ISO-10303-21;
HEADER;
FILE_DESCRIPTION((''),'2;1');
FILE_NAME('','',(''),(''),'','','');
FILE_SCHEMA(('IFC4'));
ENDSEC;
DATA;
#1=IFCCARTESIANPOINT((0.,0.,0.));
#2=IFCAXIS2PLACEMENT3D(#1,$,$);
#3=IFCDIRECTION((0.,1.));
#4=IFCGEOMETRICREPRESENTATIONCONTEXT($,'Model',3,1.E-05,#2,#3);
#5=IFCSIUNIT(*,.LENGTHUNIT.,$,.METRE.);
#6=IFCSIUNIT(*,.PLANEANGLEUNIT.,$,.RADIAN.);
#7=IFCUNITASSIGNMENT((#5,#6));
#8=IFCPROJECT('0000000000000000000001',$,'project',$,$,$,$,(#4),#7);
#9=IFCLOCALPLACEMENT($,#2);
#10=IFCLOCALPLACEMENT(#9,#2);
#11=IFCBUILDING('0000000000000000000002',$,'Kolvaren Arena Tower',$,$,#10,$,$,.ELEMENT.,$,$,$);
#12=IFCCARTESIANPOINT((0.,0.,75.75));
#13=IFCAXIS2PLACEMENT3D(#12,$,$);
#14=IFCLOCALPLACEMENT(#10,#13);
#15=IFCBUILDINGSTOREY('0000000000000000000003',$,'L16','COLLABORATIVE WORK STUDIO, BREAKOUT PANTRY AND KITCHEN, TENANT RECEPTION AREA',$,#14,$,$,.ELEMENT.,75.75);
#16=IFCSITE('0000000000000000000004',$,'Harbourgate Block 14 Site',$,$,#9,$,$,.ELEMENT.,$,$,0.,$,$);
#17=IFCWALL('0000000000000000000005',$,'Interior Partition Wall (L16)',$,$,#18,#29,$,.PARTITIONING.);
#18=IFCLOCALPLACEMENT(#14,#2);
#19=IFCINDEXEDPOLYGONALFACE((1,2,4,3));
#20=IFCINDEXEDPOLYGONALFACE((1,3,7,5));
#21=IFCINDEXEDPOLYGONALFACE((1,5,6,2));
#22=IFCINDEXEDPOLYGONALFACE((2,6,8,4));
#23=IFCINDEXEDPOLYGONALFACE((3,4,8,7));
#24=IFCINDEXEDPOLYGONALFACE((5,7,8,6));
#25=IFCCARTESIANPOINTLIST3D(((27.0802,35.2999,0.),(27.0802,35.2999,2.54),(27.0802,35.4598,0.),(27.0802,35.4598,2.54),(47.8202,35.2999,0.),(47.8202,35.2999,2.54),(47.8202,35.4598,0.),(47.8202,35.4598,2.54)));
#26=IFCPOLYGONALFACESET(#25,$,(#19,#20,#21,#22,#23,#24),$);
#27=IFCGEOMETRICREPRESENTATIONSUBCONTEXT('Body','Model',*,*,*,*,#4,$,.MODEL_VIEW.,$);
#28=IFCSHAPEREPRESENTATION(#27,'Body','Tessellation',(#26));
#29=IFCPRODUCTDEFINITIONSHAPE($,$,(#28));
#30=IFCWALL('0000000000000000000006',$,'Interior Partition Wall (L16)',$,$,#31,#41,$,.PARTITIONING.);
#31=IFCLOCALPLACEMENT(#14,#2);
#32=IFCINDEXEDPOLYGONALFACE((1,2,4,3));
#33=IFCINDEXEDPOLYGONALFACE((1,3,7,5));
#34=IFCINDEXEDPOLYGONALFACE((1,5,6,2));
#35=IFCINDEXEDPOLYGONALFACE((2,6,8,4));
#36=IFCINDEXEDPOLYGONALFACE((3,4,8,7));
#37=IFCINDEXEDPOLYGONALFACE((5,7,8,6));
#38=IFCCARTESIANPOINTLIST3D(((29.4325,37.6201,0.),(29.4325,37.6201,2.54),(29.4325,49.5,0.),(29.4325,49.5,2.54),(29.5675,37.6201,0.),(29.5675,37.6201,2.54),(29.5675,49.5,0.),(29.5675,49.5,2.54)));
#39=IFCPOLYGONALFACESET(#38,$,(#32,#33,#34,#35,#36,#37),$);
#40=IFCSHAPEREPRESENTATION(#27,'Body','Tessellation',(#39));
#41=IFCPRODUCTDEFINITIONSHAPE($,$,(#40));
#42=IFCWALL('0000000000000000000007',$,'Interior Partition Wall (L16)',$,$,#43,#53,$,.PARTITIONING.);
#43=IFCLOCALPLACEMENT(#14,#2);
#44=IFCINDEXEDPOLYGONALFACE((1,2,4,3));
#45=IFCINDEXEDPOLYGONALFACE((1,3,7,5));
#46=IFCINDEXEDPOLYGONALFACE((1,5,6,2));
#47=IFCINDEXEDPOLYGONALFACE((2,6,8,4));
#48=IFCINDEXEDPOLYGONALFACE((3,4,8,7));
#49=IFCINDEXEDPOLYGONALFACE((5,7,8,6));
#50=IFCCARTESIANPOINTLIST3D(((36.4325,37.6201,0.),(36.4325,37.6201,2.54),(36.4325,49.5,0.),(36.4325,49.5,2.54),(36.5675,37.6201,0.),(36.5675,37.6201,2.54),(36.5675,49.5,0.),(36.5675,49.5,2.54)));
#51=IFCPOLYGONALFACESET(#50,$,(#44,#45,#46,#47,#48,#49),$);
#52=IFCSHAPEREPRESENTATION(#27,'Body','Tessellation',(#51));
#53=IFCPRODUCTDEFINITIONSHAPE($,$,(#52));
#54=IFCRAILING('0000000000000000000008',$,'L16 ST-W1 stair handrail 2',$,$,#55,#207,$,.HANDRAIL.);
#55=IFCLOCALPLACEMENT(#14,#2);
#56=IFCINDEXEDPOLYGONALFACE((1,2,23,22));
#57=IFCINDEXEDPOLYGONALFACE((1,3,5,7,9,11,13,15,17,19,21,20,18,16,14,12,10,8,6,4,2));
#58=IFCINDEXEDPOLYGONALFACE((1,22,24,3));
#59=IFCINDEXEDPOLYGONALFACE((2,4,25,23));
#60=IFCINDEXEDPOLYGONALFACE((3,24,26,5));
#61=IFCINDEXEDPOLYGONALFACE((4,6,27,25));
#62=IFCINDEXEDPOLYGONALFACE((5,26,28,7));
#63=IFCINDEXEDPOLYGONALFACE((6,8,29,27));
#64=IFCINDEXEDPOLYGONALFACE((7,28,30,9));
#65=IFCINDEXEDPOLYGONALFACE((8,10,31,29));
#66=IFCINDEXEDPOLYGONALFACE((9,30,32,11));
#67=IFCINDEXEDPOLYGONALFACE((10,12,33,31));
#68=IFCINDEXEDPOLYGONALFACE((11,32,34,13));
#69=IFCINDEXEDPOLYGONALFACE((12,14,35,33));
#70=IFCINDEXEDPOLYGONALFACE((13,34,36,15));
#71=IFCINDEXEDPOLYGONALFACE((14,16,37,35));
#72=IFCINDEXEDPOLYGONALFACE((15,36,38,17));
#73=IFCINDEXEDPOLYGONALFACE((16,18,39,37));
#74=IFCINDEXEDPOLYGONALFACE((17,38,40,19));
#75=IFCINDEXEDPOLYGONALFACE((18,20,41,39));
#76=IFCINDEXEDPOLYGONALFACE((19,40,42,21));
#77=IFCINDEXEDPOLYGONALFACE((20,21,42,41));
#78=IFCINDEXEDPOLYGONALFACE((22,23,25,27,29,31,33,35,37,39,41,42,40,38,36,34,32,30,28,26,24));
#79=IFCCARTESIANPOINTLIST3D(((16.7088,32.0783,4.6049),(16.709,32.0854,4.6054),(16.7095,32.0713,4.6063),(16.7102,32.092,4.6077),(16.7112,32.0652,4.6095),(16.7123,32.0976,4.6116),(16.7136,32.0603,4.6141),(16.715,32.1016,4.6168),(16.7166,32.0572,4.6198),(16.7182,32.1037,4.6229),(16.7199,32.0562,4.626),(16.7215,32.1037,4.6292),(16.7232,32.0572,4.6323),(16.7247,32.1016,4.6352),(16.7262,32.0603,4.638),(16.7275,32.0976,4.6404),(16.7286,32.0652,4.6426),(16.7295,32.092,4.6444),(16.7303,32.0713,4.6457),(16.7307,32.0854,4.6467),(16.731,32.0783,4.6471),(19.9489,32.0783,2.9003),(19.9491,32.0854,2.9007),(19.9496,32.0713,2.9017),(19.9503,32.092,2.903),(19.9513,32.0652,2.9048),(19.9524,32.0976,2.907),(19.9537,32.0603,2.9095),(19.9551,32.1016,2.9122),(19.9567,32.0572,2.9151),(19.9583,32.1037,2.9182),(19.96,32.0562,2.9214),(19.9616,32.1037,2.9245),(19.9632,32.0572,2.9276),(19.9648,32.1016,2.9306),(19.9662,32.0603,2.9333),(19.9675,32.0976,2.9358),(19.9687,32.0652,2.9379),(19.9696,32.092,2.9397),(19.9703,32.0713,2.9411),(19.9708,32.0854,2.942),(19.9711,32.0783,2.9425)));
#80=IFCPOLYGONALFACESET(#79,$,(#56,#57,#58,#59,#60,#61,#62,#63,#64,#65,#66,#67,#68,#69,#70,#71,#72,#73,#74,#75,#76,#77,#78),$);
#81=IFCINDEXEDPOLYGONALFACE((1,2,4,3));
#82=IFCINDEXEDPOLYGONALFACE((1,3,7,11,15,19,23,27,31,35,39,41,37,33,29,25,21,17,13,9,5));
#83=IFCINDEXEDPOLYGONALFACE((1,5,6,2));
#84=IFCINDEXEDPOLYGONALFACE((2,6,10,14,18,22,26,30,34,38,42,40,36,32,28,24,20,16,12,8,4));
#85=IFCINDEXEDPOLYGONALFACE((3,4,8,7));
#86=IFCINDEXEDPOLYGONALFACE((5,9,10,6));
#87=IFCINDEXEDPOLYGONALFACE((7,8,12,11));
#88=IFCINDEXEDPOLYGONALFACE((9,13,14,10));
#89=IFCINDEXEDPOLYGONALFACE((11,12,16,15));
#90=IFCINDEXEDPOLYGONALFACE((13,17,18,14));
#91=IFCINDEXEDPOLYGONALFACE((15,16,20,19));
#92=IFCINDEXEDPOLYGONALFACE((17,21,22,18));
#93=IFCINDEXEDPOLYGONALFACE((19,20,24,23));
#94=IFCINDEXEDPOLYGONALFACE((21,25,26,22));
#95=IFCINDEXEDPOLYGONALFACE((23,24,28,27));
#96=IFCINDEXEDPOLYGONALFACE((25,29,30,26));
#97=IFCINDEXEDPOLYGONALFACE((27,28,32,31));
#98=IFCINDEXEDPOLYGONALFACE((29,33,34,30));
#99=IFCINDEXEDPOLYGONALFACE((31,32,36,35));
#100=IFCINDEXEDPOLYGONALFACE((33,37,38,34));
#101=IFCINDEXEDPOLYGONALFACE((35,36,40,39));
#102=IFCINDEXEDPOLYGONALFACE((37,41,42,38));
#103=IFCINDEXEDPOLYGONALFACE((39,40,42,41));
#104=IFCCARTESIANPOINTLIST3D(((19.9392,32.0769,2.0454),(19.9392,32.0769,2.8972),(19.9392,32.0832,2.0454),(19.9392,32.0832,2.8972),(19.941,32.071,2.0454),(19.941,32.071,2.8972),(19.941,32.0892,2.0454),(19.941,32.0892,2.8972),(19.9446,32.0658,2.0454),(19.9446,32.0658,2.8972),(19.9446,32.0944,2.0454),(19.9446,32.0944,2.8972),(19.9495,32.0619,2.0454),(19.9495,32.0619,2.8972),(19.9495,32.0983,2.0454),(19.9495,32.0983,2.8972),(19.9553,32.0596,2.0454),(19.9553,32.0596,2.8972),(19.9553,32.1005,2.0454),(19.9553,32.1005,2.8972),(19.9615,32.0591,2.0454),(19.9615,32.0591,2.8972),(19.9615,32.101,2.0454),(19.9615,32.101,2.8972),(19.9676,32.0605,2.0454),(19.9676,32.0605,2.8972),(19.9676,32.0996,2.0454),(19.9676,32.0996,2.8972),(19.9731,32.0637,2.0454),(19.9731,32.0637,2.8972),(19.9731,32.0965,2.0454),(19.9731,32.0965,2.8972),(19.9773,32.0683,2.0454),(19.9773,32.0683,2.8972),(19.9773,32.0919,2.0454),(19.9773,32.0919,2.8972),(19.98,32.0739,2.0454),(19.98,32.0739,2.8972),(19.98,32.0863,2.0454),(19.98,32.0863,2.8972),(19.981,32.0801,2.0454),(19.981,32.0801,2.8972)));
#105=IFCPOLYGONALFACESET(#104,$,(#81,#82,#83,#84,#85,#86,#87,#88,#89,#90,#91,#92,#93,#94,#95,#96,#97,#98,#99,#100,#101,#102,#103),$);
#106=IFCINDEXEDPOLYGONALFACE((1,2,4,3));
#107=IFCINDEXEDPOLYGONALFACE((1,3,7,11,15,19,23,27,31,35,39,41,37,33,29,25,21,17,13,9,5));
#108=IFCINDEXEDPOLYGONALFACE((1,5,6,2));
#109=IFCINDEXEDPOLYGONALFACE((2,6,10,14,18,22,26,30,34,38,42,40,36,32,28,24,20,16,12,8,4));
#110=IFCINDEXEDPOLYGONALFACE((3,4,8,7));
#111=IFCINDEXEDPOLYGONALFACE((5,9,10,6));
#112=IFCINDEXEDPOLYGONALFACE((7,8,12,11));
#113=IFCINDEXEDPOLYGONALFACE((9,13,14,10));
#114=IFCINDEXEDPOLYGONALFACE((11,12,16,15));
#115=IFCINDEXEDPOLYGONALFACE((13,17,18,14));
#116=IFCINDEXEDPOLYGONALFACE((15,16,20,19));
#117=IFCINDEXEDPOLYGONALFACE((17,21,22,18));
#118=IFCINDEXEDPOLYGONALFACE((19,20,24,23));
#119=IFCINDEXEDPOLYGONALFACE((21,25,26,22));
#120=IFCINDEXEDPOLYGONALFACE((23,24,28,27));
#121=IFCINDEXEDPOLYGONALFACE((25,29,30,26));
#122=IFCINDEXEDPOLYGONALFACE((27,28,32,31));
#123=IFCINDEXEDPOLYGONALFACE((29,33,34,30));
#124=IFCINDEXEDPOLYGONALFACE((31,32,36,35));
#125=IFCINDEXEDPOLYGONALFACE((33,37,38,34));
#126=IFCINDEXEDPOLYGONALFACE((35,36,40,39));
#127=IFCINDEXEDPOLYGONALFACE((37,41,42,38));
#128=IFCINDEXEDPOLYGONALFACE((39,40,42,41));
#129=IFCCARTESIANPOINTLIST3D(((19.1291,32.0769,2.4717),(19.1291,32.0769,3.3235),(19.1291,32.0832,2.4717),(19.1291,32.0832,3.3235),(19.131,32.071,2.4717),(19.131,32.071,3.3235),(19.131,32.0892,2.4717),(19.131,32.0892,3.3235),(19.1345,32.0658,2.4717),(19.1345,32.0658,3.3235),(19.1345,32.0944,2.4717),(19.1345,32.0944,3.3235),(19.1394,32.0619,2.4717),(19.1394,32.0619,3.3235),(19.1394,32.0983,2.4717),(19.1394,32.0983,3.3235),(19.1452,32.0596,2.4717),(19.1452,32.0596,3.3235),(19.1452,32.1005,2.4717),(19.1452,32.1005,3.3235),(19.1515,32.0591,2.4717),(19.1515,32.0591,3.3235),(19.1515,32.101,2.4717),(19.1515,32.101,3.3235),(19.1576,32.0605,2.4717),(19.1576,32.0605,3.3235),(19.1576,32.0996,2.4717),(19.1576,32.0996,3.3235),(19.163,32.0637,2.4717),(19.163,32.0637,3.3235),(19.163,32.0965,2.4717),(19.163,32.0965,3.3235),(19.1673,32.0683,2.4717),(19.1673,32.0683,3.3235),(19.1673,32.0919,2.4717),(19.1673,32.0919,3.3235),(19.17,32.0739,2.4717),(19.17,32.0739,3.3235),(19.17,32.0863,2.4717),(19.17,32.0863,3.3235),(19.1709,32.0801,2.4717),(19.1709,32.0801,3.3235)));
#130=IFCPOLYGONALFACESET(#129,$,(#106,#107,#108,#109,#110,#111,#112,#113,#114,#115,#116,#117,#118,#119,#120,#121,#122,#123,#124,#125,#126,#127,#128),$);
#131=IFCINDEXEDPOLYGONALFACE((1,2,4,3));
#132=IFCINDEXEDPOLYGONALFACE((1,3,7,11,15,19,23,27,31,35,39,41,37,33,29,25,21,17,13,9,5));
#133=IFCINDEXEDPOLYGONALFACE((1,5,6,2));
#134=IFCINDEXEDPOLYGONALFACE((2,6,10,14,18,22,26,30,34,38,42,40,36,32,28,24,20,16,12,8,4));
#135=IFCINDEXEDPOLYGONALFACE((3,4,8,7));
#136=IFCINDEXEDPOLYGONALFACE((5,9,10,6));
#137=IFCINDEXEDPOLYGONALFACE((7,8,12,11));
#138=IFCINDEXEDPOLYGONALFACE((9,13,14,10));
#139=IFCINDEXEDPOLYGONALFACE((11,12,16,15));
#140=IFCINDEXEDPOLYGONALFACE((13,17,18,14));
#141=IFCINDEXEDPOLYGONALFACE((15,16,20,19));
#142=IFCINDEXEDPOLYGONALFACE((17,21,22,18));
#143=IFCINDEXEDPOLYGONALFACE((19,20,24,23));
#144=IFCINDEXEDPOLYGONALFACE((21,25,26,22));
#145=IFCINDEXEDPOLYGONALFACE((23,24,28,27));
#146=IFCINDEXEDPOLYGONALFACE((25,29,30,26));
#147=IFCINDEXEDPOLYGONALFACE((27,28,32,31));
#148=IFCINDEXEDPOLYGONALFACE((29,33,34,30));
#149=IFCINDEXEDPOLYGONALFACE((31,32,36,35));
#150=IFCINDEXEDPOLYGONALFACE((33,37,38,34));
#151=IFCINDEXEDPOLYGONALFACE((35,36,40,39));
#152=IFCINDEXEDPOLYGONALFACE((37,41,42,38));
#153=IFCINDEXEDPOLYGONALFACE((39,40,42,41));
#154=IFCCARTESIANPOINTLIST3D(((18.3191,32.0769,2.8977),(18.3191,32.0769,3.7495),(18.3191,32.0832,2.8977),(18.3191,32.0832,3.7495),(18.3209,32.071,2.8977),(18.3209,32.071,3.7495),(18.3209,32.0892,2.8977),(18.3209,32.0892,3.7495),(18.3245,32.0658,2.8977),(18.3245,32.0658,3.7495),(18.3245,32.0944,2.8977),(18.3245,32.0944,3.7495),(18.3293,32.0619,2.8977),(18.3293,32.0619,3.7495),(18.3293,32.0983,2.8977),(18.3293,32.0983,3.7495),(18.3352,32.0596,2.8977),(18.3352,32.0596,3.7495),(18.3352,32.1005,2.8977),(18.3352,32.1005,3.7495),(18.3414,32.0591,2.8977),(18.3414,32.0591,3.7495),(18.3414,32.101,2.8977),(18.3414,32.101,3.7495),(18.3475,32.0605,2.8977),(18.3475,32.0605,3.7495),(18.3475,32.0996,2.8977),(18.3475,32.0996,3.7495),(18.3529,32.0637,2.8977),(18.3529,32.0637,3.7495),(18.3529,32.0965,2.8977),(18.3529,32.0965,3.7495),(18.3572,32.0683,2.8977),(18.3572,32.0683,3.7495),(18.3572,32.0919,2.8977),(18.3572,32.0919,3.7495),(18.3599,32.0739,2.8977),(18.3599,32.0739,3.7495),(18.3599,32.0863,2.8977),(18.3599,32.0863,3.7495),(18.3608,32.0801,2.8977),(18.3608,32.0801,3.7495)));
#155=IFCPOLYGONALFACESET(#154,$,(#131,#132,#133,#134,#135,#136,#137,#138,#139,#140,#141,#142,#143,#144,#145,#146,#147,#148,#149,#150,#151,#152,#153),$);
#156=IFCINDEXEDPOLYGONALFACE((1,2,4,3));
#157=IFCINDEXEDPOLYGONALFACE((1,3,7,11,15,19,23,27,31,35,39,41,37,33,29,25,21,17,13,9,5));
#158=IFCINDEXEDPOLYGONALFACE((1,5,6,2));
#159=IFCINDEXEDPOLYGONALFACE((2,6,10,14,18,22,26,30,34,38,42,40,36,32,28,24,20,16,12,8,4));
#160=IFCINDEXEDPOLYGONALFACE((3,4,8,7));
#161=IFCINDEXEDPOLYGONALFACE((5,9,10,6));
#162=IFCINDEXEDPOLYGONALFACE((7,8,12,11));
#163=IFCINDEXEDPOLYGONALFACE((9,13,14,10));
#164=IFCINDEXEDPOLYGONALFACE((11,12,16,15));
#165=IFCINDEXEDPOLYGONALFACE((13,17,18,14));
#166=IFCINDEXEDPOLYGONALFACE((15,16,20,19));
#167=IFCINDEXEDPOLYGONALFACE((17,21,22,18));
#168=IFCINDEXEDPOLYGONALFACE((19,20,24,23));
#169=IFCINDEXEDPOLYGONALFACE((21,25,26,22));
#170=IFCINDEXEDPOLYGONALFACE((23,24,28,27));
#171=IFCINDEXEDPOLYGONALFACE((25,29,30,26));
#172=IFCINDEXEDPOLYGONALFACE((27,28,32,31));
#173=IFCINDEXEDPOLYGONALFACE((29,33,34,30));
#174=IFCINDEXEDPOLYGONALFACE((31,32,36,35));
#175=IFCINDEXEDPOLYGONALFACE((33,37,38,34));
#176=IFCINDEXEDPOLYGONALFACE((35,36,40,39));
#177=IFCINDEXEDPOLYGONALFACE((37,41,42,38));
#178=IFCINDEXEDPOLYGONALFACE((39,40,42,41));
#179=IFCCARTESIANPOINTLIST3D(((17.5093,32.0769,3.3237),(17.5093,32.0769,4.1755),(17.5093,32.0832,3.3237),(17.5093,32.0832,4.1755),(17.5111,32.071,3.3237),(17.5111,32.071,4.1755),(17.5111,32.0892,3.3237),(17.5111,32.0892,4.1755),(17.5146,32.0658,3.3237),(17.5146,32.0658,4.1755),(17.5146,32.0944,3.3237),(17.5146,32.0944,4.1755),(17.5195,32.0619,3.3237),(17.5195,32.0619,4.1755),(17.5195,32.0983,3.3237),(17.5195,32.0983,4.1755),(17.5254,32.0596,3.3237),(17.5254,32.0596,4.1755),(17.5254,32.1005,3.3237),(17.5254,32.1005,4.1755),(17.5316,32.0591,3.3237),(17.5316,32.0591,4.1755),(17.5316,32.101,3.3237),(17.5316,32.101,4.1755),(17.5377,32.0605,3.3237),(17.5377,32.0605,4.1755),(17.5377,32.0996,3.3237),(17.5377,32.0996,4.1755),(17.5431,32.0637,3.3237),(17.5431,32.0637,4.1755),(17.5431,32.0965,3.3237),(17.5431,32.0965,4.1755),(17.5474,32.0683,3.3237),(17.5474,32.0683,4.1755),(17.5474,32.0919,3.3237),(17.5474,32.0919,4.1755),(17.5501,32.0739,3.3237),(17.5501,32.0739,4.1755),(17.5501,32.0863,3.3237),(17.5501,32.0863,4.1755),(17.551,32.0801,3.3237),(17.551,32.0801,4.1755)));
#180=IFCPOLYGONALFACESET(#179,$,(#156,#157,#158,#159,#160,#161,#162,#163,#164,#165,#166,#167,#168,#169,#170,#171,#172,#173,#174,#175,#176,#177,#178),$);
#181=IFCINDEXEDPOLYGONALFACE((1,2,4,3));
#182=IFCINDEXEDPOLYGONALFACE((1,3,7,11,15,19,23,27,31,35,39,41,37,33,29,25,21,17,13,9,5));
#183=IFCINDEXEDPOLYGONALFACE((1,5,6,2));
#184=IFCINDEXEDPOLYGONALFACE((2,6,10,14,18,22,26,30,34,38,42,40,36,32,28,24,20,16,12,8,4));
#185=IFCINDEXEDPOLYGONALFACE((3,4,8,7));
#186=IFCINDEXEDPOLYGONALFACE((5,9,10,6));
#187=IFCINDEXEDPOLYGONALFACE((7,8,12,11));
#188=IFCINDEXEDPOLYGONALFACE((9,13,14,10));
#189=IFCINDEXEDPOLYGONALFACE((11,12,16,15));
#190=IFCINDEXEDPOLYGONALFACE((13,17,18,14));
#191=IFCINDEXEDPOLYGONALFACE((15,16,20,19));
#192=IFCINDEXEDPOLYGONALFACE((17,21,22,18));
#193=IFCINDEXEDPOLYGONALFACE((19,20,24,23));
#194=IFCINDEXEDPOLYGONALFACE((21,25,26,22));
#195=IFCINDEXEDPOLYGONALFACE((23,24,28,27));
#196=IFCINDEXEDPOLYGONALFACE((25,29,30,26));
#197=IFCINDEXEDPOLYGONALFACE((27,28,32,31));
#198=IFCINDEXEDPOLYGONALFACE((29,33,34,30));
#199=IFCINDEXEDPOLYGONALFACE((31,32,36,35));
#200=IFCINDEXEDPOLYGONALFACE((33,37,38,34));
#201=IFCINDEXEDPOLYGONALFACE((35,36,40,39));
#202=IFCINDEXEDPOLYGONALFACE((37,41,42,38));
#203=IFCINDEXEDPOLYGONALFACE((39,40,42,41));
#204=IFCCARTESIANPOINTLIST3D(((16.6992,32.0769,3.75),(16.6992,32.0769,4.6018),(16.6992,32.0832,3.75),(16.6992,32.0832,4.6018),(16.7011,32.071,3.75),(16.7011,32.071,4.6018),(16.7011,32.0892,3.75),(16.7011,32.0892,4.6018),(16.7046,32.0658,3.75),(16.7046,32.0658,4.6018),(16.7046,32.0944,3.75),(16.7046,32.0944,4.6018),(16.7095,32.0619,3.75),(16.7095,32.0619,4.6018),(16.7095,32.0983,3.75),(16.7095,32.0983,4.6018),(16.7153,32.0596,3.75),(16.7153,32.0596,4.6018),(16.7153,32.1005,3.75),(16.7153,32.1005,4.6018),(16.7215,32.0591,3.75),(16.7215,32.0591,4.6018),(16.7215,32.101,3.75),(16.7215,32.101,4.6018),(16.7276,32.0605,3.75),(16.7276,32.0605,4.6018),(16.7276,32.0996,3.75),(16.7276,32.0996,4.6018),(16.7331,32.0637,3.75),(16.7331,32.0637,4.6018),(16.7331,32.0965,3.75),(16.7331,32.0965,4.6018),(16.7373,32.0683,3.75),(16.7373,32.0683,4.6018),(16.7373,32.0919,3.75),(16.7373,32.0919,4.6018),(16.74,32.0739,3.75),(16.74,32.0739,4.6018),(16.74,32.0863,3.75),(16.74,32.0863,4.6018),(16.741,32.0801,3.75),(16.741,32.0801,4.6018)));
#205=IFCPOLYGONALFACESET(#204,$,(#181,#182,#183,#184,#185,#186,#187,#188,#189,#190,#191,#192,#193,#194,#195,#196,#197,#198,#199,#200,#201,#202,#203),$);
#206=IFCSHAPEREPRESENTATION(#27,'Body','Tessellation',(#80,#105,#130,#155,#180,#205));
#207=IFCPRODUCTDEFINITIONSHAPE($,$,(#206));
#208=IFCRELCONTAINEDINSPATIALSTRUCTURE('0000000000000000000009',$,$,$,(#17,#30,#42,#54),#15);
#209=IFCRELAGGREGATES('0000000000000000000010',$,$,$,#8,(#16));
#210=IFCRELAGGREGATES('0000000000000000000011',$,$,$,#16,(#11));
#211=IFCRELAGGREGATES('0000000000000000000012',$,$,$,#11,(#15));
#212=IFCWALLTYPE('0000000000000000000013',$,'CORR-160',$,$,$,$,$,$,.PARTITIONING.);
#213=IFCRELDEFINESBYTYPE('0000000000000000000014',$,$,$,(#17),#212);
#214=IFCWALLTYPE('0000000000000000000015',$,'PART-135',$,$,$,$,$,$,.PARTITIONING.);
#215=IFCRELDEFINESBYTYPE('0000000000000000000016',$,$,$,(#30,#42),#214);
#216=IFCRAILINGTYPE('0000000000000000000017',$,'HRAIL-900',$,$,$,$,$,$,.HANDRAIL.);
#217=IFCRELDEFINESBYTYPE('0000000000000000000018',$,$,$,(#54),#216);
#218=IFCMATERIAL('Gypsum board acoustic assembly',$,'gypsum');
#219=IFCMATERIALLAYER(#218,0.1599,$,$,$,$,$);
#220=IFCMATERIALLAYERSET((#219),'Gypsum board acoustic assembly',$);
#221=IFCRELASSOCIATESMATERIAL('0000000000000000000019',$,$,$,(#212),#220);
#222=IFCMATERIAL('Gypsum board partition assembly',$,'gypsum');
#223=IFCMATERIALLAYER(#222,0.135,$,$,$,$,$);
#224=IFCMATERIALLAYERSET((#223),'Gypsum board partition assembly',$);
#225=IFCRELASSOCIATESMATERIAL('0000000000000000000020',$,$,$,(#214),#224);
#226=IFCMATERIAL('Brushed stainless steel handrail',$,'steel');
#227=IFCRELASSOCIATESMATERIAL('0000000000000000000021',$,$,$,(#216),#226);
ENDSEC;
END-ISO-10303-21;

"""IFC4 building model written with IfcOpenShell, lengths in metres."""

from ifc_helpers import new_model, si_unit, direction, frame, frame_2d, origin, origin_2d, place, context, subcontext, project, spatial, rectangle, circle, extrude, material, layer, layer_set, type_object, element, save


model = new_model("IFC4")

# Units and contexts
model_context = context("Model", 3, precision=1e-05, world=origin(), true_north=direction((0.0, 1.0)))
body_context = subcontext(model_context, "Body", "Model", "MODEL_VIEW")
ifc_project = project(units=[si_unit("LENGTHUNIT", "METRE"), si_unit("PLANEANGLEUNIT", "RADIAN")], contexts=[model_context])

# Site, building, storey
site_placement = place(None, origin())
site = spatial("IfcSite", under=ifc_project, at=site_placement, Name="Harbourgate Block 14 Site", CompositionType="ELEMENT", RefElevation=0.0)
building_placement = place(site_placement, origin())
building = spatial("IfcBuilding", under=site, at=building_placement, Name="Kolvaren Arena Tower", CompositionType="ELEMENT")
storey_placement = place(building_placement, frame((0.0, 0.0, 75.75)))
storey = spatial("IfcBuildingStorey", under=building, at=storey_placement, Name="L16", Description="COLLABORATIVE WORK STUDIO, BREAKOUT PANTRY AND KITCHEN, TENANT RECEPTION AREA", CompositionType="ELEMENT", Elevation=75.75)

# Shared definitions
ifc_material_1 = material(Name="Gypsum board acoustic assembly", Category="gypsum")
ifc_layer_1 = layer(ifc_material_1, 0.1599)
ifc_layer_set_1 = layer_set([ifc_layer_1], Name="Gypsum board acoustic assembly")
wall_type_1 = type_object("IfcWallType", Name="CORR-160", PredefinedType="PARTITIONING", material=ifc_layer_set_1)

# Walls
wall_1_placement = place(storey_placement, frame((27.0801, 35.3799, 0.0), z_axis=(0.0, 0.0, 1.0), x_axis=(1.0, 0.0, 0.0)))
element("IfcWall", 1, at=wall_1_placement, inside=storey, type_object=wall_type_1, Name="Interior Partition Wall (L16)", PredefinedType="PARTITIONING", context=body_context, shape_type="SweptSolid", body=[
    extrude(rectangle(XDim=20.74, YDim=0.1599, at=frame_2d((10.3701, 0.0))), origin(), (0.0, 0.0, 1.0), 2.54),
])
ifc_material_2 = material(Name="Gypsum board partition assembly", Category="gypsum")
ifc_layer_2 = layer(ifc_material_2, 0.135)
ifc_layer_set_2 = layer_set([ifc_layer_2], Name="Gypsum board partition assembly")
wall_type_2 = type_object("IfcWallType", Name="PART-135", PredefinedType="PARTITIONING", material=ifc_layer_set_2)
for number, where, z_axis, x_axis, name in (
    (2, (29.5, 37.6201, 0.0), (0.0, 0.0, 1.0), (0.0, 1.0, 0.0), "Interior Partition Wall (L16)"),
    (3, (36.5, 37.6201, 0.0), (0.0, 0.0, 1.0), (0.0, 1.0, 0.0), "Interior Partition Wall (L16)"),
):
    element("IfcWall", number, at=place(storey_placement, frame(where, z_axis=z_axis, x_axis=x_axis)), inside=storey, type_object=wall_type_2, Name=name, PredefinedType="PARTITIONING", context=body_context, shape_type="SweptSolid", body=[
        extrude(rectangle(XDim=11.8799, YDim=0.135, at=frame_2d((5.9399, 0.0))), origin(), (0.0, 0.0, 1.0), 2.54),
    ])

# Railing
ifc_material_3 = material(Name="Brushed stainless steel handrail", Category="steel")
railing_type = type_object("IfcRailingType", Name="HRAIL-900", PredefinedType="HANDRAIL", material=ifc_material_3)
railing_placement = place(storey_placement, frame((19.96, 32.0801, 2.0454)))
element("IfcRailing", 4, at=railing_placement, inside=storey, type_object=railing_type, Name="L16 ST-W1 stair handrail 2", PredefinedType="HANDRAIL", context=body_context, shape_type="SweptSolid", body=[
    extrude(circle(Radius=0.0239, at=origin_2d()), frame((0.0, 0.0, 0.876), z_axis=(-0.884993, 0.0, 0.465604), x_axis=(0.0, -1.0, 0.0)), (0.0, 0.0, 1.0), 3.6611),
    extrude(circle(Radius=0.021, at=origin_2d()), origin(), (0.0, 0.0, 1.0), 0.8518),
    extrude(circle(Radius=0.021, at=origin_2d()), frame((-0.8101, 0.0, 0.4263)), (0.0, 0.0, 1.0), 0.8518),
    extrude(circle(Radius=0.021, at=origin_2d()), frame((-1.6201, 0.0, 0.8523)), (0.0, 0.0, 1.0), 0.8518),
    extrude(circle(Radius=0.021, at=origin_2d()), frame((-2.4299, 0.0, 1.2783)), (0.0, 0.0, 1.0), 0.8518),
    extrude(circle(Radius=0.021, at=origin_2d()), frame((-3.24, 0.0, 1.7046)), (0.0, 0.0, 1.0), 0.8518),
])

save(model, "model.ifc")
